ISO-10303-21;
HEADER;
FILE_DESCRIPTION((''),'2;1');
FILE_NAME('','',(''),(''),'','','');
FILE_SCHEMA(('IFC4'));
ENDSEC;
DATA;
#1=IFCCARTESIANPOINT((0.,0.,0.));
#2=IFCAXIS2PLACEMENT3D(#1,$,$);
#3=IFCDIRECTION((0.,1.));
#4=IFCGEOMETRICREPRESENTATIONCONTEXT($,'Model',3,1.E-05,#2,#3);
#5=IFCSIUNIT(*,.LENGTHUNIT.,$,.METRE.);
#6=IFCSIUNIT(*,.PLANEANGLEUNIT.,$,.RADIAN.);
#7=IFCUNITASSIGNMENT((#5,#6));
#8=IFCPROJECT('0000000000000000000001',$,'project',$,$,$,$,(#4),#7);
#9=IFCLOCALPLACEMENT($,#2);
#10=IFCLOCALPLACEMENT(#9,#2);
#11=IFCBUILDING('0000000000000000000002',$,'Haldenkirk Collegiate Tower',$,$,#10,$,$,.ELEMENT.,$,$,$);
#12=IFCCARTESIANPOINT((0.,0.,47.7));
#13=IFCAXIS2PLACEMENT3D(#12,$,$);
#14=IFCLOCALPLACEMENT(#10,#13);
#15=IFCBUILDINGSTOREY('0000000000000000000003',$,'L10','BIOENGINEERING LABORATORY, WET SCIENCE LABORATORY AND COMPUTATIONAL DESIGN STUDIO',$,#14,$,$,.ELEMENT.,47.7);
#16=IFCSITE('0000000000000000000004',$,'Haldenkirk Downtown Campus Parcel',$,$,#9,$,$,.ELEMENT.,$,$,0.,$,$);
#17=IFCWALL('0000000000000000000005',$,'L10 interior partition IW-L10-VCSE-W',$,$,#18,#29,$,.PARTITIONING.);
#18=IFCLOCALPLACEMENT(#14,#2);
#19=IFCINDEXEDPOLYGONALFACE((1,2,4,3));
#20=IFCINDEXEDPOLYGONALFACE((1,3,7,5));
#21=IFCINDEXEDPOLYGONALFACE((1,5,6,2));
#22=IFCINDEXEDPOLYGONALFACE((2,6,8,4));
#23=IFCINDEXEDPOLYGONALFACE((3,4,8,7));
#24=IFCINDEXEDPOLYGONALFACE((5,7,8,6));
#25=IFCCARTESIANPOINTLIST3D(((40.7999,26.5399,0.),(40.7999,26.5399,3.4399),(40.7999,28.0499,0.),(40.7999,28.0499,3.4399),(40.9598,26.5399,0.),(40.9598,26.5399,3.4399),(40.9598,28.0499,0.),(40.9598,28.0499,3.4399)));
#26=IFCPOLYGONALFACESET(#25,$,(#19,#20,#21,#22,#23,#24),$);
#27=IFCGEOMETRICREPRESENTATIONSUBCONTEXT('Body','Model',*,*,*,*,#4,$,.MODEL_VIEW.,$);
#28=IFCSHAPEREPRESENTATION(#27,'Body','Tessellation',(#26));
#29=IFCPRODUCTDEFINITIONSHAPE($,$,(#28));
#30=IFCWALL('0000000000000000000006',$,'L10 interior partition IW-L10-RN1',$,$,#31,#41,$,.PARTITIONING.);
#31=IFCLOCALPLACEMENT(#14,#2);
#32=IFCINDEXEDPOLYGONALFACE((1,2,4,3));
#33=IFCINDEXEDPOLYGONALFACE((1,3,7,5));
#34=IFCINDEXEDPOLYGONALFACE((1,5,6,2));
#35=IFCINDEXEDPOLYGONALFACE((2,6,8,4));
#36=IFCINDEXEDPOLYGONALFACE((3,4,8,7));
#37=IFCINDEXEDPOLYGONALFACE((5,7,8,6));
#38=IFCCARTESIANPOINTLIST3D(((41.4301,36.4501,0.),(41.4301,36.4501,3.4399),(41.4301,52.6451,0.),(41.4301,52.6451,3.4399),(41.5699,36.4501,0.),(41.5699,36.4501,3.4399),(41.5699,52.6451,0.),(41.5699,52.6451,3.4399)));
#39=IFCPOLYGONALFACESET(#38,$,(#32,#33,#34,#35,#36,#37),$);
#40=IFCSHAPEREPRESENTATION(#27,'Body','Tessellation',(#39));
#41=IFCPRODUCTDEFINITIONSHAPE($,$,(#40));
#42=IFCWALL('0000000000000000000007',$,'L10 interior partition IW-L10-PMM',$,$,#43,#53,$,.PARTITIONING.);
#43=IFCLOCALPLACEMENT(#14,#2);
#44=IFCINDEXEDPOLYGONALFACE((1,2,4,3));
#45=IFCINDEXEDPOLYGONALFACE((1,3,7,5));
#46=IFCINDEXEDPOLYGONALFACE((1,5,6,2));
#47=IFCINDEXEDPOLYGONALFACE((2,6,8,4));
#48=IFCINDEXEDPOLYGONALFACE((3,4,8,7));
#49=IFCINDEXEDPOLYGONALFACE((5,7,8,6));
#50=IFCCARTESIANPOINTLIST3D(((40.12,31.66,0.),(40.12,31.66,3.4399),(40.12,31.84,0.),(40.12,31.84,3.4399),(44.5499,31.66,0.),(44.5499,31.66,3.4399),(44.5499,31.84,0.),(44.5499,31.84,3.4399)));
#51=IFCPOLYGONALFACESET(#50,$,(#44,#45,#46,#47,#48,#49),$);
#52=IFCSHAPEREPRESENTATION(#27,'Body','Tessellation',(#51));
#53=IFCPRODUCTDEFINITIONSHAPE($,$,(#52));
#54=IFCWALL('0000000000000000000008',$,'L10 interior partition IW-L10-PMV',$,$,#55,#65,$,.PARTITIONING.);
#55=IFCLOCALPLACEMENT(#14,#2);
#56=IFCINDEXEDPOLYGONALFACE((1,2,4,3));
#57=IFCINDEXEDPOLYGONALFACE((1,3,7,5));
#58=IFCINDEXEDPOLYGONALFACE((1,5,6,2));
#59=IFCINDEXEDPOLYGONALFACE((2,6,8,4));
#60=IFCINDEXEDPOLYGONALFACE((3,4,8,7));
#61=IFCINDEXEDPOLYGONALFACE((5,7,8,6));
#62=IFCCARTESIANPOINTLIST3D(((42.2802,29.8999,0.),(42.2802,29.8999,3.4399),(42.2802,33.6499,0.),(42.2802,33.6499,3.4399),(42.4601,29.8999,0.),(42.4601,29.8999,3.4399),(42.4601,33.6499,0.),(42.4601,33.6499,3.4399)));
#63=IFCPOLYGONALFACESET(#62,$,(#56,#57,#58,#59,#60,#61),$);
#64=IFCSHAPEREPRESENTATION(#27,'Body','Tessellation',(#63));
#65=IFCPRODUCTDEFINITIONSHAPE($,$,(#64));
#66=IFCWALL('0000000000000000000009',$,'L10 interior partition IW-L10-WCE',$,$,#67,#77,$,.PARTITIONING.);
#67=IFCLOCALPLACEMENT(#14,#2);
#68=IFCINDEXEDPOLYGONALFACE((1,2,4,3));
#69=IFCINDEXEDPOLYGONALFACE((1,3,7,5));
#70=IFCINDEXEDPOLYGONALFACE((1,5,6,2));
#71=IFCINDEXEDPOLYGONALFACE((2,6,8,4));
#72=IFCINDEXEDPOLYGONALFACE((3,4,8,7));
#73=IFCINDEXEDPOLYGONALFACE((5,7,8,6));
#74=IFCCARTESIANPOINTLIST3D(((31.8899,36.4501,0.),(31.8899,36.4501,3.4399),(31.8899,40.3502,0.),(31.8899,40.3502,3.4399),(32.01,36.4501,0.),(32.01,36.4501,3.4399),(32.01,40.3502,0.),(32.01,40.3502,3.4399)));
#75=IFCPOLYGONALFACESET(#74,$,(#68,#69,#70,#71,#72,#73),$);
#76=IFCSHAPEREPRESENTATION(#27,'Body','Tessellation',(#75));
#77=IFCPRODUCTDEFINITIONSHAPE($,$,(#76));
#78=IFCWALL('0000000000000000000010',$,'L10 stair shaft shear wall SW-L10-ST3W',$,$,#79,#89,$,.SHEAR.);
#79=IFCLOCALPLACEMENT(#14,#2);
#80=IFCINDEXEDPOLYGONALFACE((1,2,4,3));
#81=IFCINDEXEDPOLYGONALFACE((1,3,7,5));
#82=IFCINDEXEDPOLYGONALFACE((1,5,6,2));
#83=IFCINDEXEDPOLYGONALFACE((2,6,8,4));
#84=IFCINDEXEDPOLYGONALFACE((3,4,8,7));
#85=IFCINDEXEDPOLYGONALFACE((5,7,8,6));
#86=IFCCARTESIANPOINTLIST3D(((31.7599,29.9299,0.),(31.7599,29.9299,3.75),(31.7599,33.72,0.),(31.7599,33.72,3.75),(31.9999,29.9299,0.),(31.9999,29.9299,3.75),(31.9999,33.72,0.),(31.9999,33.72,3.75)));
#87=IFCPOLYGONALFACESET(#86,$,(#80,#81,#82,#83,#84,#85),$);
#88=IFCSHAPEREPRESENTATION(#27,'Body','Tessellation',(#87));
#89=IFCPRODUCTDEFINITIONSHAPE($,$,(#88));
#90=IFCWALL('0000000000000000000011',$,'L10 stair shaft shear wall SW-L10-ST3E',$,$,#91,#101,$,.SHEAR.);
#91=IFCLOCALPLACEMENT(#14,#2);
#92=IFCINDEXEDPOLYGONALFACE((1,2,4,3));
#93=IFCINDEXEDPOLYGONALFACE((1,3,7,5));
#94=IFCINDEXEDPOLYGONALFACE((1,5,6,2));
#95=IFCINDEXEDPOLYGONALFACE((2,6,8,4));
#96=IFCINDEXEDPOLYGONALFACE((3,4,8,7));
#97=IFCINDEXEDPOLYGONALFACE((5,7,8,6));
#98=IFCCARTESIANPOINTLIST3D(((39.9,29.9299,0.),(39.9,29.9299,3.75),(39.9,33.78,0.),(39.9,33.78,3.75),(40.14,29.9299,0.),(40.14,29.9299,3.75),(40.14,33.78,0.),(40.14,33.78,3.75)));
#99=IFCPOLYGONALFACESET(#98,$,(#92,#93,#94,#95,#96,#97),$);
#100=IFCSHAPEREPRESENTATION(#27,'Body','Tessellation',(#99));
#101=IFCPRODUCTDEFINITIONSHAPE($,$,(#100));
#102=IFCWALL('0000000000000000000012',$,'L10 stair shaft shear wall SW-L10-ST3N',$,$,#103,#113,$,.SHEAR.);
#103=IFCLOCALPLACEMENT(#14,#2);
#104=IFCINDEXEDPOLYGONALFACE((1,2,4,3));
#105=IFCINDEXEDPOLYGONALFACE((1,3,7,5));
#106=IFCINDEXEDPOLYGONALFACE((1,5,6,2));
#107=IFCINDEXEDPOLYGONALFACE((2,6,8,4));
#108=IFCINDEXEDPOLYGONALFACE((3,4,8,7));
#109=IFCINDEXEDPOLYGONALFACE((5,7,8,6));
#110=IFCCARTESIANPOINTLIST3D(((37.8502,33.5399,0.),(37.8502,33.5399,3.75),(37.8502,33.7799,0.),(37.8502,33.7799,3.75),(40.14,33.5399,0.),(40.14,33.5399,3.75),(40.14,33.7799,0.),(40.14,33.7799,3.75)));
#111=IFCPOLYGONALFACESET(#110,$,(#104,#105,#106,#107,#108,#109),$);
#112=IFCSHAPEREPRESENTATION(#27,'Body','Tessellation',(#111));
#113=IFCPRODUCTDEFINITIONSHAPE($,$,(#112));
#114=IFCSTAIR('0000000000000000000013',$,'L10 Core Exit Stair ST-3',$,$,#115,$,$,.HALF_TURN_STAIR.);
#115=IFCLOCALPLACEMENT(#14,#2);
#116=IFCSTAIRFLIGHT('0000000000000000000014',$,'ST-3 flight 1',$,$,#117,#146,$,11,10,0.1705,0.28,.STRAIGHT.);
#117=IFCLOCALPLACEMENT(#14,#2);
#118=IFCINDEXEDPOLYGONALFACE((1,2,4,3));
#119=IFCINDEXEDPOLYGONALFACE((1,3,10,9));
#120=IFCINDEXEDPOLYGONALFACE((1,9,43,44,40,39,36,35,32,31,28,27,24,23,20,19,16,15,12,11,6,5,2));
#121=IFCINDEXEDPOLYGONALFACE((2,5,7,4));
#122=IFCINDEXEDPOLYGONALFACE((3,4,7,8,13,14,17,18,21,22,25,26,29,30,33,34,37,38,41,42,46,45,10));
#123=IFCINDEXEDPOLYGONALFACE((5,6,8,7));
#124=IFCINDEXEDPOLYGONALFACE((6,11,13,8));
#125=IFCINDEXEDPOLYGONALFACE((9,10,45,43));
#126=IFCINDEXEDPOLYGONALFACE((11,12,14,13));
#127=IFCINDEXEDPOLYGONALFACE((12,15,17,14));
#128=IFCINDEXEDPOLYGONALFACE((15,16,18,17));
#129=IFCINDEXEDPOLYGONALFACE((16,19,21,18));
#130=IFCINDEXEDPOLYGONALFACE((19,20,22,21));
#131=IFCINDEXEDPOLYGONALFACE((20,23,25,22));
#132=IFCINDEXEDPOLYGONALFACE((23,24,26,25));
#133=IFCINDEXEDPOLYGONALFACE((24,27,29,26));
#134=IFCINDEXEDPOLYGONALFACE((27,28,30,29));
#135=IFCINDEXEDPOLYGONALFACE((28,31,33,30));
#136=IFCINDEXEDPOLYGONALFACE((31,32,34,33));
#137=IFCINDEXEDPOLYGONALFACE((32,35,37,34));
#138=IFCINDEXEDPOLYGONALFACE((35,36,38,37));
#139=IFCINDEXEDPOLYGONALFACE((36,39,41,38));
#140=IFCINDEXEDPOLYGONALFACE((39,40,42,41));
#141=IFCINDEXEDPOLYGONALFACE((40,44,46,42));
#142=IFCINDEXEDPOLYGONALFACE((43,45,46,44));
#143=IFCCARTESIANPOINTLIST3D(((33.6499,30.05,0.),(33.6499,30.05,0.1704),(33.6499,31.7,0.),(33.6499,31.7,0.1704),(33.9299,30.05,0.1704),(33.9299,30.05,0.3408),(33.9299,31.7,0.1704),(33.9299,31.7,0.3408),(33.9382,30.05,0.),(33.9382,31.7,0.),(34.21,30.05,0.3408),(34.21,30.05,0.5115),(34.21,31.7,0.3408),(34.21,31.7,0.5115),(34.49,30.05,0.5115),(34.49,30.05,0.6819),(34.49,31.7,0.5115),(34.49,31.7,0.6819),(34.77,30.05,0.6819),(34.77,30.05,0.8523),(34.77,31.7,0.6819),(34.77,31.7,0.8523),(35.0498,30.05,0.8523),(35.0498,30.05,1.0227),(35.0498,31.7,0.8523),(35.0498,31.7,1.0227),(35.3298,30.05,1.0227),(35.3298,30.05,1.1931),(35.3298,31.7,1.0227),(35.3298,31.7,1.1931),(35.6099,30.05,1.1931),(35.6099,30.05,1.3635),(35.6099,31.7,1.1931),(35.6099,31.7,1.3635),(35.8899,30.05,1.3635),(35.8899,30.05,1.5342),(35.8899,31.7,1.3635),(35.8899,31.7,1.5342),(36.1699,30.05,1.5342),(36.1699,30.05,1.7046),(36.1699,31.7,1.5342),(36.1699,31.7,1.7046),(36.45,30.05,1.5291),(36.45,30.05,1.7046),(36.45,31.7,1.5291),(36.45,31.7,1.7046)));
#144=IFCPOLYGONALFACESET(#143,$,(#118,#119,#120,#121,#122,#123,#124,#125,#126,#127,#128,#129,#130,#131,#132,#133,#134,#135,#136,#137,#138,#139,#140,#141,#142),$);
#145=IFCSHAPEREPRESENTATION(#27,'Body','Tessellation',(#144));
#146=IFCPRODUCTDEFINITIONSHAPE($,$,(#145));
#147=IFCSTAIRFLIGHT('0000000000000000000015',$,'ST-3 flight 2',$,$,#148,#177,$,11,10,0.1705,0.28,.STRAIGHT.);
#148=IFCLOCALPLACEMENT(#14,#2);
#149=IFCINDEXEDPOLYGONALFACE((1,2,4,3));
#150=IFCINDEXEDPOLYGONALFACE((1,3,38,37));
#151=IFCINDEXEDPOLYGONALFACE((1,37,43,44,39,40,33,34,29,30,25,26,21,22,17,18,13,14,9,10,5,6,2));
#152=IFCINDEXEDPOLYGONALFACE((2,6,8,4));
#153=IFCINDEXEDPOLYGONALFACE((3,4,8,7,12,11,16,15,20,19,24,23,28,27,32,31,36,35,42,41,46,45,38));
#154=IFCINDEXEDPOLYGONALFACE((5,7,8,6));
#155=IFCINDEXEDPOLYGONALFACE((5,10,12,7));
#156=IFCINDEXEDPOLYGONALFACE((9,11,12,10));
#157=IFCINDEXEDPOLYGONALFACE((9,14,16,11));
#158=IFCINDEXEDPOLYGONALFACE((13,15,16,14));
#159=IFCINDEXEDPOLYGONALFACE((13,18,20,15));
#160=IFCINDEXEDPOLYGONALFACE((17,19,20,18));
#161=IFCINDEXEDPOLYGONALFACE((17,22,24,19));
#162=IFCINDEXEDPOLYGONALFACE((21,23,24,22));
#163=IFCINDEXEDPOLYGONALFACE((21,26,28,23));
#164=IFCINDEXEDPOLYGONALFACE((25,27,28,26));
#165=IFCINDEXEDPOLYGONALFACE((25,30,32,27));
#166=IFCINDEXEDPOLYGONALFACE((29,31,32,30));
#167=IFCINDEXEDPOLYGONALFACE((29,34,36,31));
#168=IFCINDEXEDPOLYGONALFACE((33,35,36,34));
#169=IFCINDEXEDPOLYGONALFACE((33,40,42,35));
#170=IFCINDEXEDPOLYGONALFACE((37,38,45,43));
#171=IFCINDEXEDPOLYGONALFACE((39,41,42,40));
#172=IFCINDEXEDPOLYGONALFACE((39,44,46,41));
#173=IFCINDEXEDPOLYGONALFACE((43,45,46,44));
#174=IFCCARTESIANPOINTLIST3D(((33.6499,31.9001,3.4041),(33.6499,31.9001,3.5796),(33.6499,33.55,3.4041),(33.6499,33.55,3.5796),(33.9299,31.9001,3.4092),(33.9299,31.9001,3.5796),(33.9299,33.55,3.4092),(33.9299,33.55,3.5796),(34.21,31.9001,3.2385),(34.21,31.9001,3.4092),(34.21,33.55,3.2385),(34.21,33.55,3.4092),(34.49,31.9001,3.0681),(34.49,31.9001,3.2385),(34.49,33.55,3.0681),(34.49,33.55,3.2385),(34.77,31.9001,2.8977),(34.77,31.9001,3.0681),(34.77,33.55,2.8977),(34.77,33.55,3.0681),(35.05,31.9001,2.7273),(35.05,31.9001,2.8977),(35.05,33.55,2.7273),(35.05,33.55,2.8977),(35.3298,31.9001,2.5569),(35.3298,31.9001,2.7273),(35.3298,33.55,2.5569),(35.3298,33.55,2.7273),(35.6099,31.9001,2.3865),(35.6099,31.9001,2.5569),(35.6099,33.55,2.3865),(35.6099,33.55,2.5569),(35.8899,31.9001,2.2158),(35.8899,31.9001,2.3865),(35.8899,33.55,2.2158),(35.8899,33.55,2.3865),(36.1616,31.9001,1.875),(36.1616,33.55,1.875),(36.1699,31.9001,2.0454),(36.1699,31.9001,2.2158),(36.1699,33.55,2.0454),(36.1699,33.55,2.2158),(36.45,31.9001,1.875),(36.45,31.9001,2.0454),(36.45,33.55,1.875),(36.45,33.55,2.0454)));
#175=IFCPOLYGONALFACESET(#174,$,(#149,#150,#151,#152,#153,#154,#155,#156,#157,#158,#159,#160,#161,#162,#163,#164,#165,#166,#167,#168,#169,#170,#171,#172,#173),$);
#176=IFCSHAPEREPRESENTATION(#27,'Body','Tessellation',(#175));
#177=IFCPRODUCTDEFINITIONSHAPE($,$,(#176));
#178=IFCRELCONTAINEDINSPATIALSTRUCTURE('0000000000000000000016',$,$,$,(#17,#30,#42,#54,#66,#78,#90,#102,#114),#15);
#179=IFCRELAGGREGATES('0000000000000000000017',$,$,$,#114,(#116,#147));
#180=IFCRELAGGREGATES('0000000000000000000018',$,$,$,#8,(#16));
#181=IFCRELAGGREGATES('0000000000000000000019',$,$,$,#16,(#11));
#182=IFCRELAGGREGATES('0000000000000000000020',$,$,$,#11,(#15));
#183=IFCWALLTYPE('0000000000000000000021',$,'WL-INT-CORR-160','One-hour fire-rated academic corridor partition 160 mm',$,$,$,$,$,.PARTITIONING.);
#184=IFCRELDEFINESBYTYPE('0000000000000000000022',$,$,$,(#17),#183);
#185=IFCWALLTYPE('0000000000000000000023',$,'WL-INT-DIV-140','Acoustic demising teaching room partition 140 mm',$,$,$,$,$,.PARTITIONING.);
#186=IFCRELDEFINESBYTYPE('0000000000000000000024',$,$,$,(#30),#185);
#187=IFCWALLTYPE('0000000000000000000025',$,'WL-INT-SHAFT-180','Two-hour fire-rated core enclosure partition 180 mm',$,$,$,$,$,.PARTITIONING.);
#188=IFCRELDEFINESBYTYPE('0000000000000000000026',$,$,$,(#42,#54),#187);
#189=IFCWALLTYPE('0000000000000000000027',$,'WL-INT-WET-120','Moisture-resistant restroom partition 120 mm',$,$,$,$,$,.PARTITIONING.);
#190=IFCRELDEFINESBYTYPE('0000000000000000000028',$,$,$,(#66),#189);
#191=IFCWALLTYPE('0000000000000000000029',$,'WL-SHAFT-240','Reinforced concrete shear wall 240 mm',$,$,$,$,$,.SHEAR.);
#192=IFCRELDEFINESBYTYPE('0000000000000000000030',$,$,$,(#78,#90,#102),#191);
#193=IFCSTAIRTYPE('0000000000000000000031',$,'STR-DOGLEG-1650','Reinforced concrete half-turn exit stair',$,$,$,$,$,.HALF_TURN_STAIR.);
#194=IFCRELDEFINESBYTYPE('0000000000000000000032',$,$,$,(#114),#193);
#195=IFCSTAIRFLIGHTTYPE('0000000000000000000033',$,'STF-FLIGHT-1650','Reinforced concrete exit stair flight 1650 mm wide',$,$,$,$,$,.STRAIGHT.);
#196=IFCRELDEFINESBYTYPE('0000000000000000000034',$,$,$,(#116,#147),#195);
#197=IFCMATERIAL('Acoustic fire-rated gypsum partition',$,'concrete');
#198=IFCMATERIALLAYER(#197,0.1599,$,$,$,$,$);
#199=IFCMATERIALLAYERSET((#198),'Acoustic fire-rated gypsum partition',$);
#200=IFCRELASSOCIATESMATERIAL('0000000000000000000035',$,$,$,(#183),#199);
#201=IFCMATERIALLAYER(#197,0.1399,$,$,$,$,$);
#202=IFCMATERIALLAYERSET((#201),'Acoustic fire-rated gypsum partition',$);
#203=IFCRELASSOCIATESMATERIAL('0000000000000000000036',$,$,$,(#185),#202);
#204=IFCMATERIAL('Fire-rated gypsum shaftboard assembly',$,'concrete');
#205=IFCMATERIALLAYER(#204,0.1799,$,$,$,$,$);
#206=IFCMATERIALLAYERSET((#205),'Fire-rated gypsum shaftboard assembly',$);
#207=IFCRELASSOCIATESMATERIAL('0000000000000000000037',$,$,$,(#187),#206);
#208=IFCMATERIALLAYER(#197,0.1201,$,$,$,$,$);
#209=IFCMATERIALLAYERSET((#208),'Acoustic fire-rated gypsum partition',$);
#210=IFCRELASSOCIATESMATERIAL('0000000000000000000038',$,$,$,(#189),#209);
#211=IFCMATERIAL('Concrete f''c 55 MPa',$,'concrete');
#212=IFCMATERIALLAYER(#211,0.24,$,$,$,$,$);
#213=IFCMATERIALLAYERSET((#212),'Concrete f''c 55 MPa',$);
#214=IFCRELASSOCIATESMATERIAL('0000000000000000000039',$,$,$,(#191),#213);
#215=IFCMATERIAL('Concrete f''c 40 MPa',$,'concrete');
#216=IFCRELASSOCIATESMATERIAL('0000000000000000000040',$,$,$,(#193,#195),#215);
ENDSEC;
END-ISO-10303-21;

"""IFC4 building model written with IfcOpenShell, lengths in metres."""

from ifc_helpers import new_model, si_unit, direction, frame, frame_2d, origin, place, context, subcontext, project, spatial, polyline, rectangle, outline, extrude, material, layer, layer_set, type_object, element, aggregate, save


model = new_model("IFC4")

# Units and contexts
model_context = context("Model", 3, precision=1e-05, world=origin(), true_north=direction((0.0, 1.0)))
body_context = subcontext(model_context, "Body", "Model", "MODEL_VIEW")
ifc_project = project(units=[si_unit("LENGTHUNIT", "METRE"), si_unit("PLANEANGLEUNIT", "RADIAN")], contexts=[model_context])

# Site, building, storey
site_placement = place(None, origin())
site = spatial("IfcSite", under=ifc_project, at=site_placement, Name="Haldenkirk Downtown Campus Parcel", CompositionType="ELEMENT", RefElevation=0.0)
building_placement = place(site_placement, origin())
building = spatial("IfcBuilding", under=site, at=building_placement, Name="Haldenkirk Collegiate Tower", CompositionType="ELEMENT")
storey_placement = place(building_placement, frame((0.0, 0.0, 47.7)))
storey = spatial("IfcBuildingStorey", under=building, at=storey_placement, Name="L10", Description="BIOENGINEERING LABORATORY, WET SCIENCE LABORATORY AND COMPUTATIONAL DESIGN STUDIO", CompositionType="ELEMENT", Elevation=47.7)

# Shared definitions
ifc_material_1 = material(Name="Acoustic fire-rated gypsum partition", Category="concrete")
ifc_layer_1 = layer(ifc_material_1, 0.1599)
ifc_layer_set_1 = layer_set([ifc_layer_1], Name="Acoustic fire-rated gypsum partition")
wall_type_1 = type_object("IfcWallType", Name="WL-INT-CORR-160", Description="One-hour fire-rated academic corridor partition 160 mm", PredefinedType="PARTITIONING", material=ifc_layer_set_1)

# Walls
wall_1_placement = place(storey_placement, frame((40.8799, 26.54, 0.0), z_axis=(0.0, 0.0, 1.0), x_axis=(0.0, 1.0, 0.0)))
element("IfcWall", 1, at=wall_1_placement, inside=storey, type_object=wall_type_1, Name="L10 interior partition IW-L10-VCSE-W", PredefinedType="PARTITIONING", context=body_context, shape_type="SweptSolid", body=[
    extrude(rectangle(XDim=1.51, YDim=0.1599, at=frame_2d((0.7549, 0.0))), origin(), (0.0, 0.0, 1.0), 3.4399),
])
ifc_layer_2 = layer(ifc_material_1, 0.1399)
ifc_layer_set_2 = layer_set([ifc_layer_2], Name="Acoustic fire-rated gypsum partition")
wall_type_2 = type_object("IfcWallType", Name="WL-INT-DIV-140", Description="Acoustic demising teaching room partition 140 mm", PredefinedType="PARTITIONING", material=ifc_layer_set_2)
wall_2_placement = place(storey_placement, frame((41.5, 36.45, 0.0), z_axis=(0.0, 0.0, 1.0), x_axis=(0.0, 1.0, 0.0)))
element("IfcWall", 2, at=wall_2_placement, inside=storey, type_object=wall_type_2, Name="L10 interior partition IW-L10-RN1", PredefinedType="PARTITIONING", context=body_context, shape_type="SweptSolid", body=[
    extrude(rectangle(XDim=16.1951, YDim=0.1399, at=frame_2d((8.0977, 0.0))), origin(), (0.0, 0.0, 1.0), 3.4399),
])

# Shared definitions
ifc_material_2 = material(Name="Fire-rated gypsum shaftboard assembly", Category="concrete")
ifc_layer_3 = layer(ifc_material_2, 0.1799)
ifc_layer_set_3 = layer_set([ifc_layer_3], Name="Fire-rated gypsum shaftboard assembly")
wall_type_3 = type_object("IfcWallType", Name="WL-INT-SHAFT-180", Description="Two-hour fire-rated core enclosure partition 180 mm", PredefinedType="PARTITIONING", material=ifc_layer_set_3)

# Walls
wall_3_placement = place(storey_placement, frame((40.1201, 31.75, 0.0), z_axis=(0.0, 0.0, 1.0), x_axis=(1.0, 0.0, 0.0)))
element("IfcWall", 3, at=wall_3_placement, inside=storey, type_object=wall_type_3, Name="L10 interior partition IW-L10-PMM", PredefinedType="PARTITIONING", context=body_context, shape_type="SweptSolid", body=[
    extrude(rectangle(XDim=4.4299, YDim=0.1799, at=frame_2d((2.2148, 0.0))), origin(), (0.0, 0.0, 1.0), 3.4399),
])
wall_4_placement = place(storey_placement, frame((42.3701, 29.8999, 0.0), z_axis=(0.0, 0.0, 1.0), x_axis=(0.0, 1.0, 0.0)))
element("IfcWall", 4, at=wall_4_placement, inside=storey, type_object=wall_type_3, Name="L10 interior partition IW-L10-PMV", PredefinedType="PARTITIONING", context=body_context, shape_type="SweptSolid", body=[
    extrude(rectangle(XDim=3.75, YDim=0.1799, at=frame_2d((1.875, 0.0))), origin(), (0.0, 0.0, 1.0), 3.4399),
])
ifc_layer_4 = layer(ifc_material_1, 0.1201)
ifc_layer_set_4 = layer_set([ifc_layer_4], Name="Acoustic fire-rated gypsum partition")
wall_type_4 = type_object("IfcWallType", Name="WL-INT-WET-120", Description="Moisture-resistant restroom partition 120 mm", PredefinedType="PARTITIONING", material=ifc_layer_set_4)
wall_5_placement = place(storey_placement, frame((31.95, 36.45, 0.0), z_axis=(0.0, 0.0, 1.0), x_axis=(0.0, 1.0, 0.0)))
element("IfcWall", 5, at=wall_5_placement, inside=storey, type_object=wall_type_4, Name="L10 interior partition IW-L10-WCE", PredefinedType="PARTITIONING", context=body_context, shape_type="SweptSolid", body=[
    extrude(rectangle(XDim=3.9001, YDim=0.1201, at=frame_2d((1.9502, 0.0))), origin(), (0.0, 0.0, 1.0), 3.4399),
])
ifc_material_3 = material(Name="Concrete f'c 55 MPa", Category="concrete")
ifc_layer_5 = layer(ifc_material_3, 0.24)
ifc_layer_set_5 = layer_set([ifc_layer_5], Name="Concrete f'c 55 MPa")
wall_type_5 = type_object("IfcWallType", Name="WL-SHAFT-240", Description="Reinforced concrete shear wall 240 mm", PredefinedType="SHEAR", material=ifc_layer_set_5)
wall_6_placement = place(storey_placement, frame((31.8799, 29.9299, 0.0), z_axis=(0.0, 0.0, 1.0), x_axis=(0.0, 1.0, 0.0)))
element("IfcWall", 6, at=wall_6_placement, inside=storey, type_object=wall_type_5, Name="L10 stair shaft shear wall SW-L10-ST3W", PredefinedType="SHEAR", context=body_context, shape_type="SweptSolid", body=[
    extrude(rectangle(XDim=3.79, YDim=0.24, at=frame_2d((1.895, 0.0))), origin(), (0.0, 0.0, 1.0), 3.75),
])
wall_7_placement = place(storey_placement, frame((40.02, 29.9299, 0.0), z_axis=(0.0, 0.0, 1.0), x_axis=(0.0, 1.0, 0.0)))
element("IfcWall", 7, at=wall_7_placement, inside=storey, type_object=wall_type_5, Name="L10 stair shaft shear wall SW-L10-ST3E", PredefinedType="SHEAR", context=body_context, shape_type="SweptSolid", body=[
    extrude(rectangle(XDim=3.8501, YDim=0.24, at=frame_2d((1.925, 0.0))), origin(), (0.0, 0.0, 1.0), 3.75),
])
wall_8_placement = place(storey_placement, frame((37.8501, 33.6599, 0.0), z_axis=(0.0, 0.0, 1.0), x_axis=(1.0, 0.0, 0.0)))
element("IfcWall", 8, at=wall_8_placement, inside=storey, type_object=wall_type_5, Name="L10 stair shaft shear wall SW-L10-ST3N", PredefinedType="SHEAR", context=body_context, shape_type="SweptSolid", body=[
    extrude(rectangle(XDim=2.2898, YDim=0.24, at=frame_2d((1.145, 0.0))), origin(), (0.0, 0.0, 1.0), 3.75),
])

# Stair, stair flights
ifc_material_4 = material(Name="Concrete f'c 40 MPa", Category="concrete")
stair_type = type_object("IfcStairType", Name="STR-DOGLEG-1650", Description="Reinforced concrete half-turn exit stair", PredefinedType="HALF_TURN_STAIR", material=ifc_material_4)
stair_placement = place(storey_placement, origin())
stair = element("IfcStair", 9, at=stair_placement, inside=storey, type_object=stair_type, Name="L10 Core Exit Stair ST-3", PredefinedType="HALF_TURN_STAIR")
stair_flight_type = type_object("IfcStairFlightType", Name="STF-FLIGHT-1650", Description="Reinforced concrete exit stair flight 1650 mm wide", PredefinedType="STRAIGHT", material=ifc_material_4)
stair_flight_1_placement = place(storey_placement, frame((33.6499, 30.875, 0.0), z_axis=(0.0, 0.0, 1.0), x_axis=(1.0, 0.0, 0.0)))
stair_flight_1 = element("IfcStairFlight", 10, at=stair_flight_1_placement, type_object=stair_flight_type, Name="ST-3 flight 1", NumberOfRisers=11, NumberOfTreads=10, PredefinedType="STRAIGHT", RiserHeight=0.1705, TreadLength=0.28, context=body_context, shape_type="SweptSolid", body=[
    extrude(outline(polyline([(0.0, 0.0), (0.0, 0.1704), (0.28, 0.1704), (0.28, 0.3408), (0.5601, 0.3408), (0.5601, 0.5115), (0.8401, 0.5115), (0.8401, 0.6819), (1.1201, 0.6819), (1.1201, 0.8523), (1.3999, 0.8523), (1.3999, 1.0227), (1.6799, 1.0227), (1.6799, 1.1931), (1.96, 1.1931), (1.96, 1.3635), (2.24, 1.3635), (2.24, 1.5342), (2.52, 1.5342), (2.52, 1.7046), (2.8, 1.7046), (2.8, 1.875), (2.8, 1.5291), (0.2883, 0.0), (0.0, 0.0)])), frame((0.0, 0.825, 0.0), z_axis=(0.0, -1.0, 0.0), x_axis=(1.0, 0.0, 0.0)), (0.0, 0.0, 1.0), 1.6499),
])
stair_flight_2_placement = place(storey_placement, frame((36.45, 32.7251, 1.875), z_axis=(0.0, 0.0, 1.0), x_axis=(-1.0, 0.0, 0.0)))
stair_flight_2 = element("IfcStairFlight", 11, at=stair_flight_2_placement, type_object=stair_flight_type, Name="ST-3 flight 2", NumberOfRisers=11, NumberOfTreads=10, PredefinedType="STRAIGHT", RiserHeight=0.1705, TreadLength=0.28, context=body_context, shape_type="SweptSolid", body=[
    extrude(outline(polyline([(0.0, 0.0), (0.0, 0.1704), (0.28, 0.1704), (0.28, 0.3408), (0.5601, 0.3408), (0.5601, 0.5115), (0.8401, 0.5115), (0.8401, 0.6819), (1.1201, 0.6819), (1.1201, 0.8523), (1.3999, 0.8523), (1.3999, 1.0227), (1.6799, 1.0227), (1.6799, 1.1931), (1.96, 1.1931), (1.96, 1.3635), (2.24, 1.3635), (2.24, 1.5342), (2.52, 1.5342), (2.52, 1.7046), (2.8, 1.7046), (2.8, 1.875), (2.8, 1.5291), (0.2883, 0.0), (0.0, 0.0)])), frame((0.0, 0.825, 0.0), z_axis=(0.0, -1.0, 0.0), x_axis=(1.0, 0.0, 0.0)), (0.0, 0.0, 1.0), 1.6499),
])
aggregate(stair, [stair_flight_1, stair_flight_2])

save(model, "model.ifc")
